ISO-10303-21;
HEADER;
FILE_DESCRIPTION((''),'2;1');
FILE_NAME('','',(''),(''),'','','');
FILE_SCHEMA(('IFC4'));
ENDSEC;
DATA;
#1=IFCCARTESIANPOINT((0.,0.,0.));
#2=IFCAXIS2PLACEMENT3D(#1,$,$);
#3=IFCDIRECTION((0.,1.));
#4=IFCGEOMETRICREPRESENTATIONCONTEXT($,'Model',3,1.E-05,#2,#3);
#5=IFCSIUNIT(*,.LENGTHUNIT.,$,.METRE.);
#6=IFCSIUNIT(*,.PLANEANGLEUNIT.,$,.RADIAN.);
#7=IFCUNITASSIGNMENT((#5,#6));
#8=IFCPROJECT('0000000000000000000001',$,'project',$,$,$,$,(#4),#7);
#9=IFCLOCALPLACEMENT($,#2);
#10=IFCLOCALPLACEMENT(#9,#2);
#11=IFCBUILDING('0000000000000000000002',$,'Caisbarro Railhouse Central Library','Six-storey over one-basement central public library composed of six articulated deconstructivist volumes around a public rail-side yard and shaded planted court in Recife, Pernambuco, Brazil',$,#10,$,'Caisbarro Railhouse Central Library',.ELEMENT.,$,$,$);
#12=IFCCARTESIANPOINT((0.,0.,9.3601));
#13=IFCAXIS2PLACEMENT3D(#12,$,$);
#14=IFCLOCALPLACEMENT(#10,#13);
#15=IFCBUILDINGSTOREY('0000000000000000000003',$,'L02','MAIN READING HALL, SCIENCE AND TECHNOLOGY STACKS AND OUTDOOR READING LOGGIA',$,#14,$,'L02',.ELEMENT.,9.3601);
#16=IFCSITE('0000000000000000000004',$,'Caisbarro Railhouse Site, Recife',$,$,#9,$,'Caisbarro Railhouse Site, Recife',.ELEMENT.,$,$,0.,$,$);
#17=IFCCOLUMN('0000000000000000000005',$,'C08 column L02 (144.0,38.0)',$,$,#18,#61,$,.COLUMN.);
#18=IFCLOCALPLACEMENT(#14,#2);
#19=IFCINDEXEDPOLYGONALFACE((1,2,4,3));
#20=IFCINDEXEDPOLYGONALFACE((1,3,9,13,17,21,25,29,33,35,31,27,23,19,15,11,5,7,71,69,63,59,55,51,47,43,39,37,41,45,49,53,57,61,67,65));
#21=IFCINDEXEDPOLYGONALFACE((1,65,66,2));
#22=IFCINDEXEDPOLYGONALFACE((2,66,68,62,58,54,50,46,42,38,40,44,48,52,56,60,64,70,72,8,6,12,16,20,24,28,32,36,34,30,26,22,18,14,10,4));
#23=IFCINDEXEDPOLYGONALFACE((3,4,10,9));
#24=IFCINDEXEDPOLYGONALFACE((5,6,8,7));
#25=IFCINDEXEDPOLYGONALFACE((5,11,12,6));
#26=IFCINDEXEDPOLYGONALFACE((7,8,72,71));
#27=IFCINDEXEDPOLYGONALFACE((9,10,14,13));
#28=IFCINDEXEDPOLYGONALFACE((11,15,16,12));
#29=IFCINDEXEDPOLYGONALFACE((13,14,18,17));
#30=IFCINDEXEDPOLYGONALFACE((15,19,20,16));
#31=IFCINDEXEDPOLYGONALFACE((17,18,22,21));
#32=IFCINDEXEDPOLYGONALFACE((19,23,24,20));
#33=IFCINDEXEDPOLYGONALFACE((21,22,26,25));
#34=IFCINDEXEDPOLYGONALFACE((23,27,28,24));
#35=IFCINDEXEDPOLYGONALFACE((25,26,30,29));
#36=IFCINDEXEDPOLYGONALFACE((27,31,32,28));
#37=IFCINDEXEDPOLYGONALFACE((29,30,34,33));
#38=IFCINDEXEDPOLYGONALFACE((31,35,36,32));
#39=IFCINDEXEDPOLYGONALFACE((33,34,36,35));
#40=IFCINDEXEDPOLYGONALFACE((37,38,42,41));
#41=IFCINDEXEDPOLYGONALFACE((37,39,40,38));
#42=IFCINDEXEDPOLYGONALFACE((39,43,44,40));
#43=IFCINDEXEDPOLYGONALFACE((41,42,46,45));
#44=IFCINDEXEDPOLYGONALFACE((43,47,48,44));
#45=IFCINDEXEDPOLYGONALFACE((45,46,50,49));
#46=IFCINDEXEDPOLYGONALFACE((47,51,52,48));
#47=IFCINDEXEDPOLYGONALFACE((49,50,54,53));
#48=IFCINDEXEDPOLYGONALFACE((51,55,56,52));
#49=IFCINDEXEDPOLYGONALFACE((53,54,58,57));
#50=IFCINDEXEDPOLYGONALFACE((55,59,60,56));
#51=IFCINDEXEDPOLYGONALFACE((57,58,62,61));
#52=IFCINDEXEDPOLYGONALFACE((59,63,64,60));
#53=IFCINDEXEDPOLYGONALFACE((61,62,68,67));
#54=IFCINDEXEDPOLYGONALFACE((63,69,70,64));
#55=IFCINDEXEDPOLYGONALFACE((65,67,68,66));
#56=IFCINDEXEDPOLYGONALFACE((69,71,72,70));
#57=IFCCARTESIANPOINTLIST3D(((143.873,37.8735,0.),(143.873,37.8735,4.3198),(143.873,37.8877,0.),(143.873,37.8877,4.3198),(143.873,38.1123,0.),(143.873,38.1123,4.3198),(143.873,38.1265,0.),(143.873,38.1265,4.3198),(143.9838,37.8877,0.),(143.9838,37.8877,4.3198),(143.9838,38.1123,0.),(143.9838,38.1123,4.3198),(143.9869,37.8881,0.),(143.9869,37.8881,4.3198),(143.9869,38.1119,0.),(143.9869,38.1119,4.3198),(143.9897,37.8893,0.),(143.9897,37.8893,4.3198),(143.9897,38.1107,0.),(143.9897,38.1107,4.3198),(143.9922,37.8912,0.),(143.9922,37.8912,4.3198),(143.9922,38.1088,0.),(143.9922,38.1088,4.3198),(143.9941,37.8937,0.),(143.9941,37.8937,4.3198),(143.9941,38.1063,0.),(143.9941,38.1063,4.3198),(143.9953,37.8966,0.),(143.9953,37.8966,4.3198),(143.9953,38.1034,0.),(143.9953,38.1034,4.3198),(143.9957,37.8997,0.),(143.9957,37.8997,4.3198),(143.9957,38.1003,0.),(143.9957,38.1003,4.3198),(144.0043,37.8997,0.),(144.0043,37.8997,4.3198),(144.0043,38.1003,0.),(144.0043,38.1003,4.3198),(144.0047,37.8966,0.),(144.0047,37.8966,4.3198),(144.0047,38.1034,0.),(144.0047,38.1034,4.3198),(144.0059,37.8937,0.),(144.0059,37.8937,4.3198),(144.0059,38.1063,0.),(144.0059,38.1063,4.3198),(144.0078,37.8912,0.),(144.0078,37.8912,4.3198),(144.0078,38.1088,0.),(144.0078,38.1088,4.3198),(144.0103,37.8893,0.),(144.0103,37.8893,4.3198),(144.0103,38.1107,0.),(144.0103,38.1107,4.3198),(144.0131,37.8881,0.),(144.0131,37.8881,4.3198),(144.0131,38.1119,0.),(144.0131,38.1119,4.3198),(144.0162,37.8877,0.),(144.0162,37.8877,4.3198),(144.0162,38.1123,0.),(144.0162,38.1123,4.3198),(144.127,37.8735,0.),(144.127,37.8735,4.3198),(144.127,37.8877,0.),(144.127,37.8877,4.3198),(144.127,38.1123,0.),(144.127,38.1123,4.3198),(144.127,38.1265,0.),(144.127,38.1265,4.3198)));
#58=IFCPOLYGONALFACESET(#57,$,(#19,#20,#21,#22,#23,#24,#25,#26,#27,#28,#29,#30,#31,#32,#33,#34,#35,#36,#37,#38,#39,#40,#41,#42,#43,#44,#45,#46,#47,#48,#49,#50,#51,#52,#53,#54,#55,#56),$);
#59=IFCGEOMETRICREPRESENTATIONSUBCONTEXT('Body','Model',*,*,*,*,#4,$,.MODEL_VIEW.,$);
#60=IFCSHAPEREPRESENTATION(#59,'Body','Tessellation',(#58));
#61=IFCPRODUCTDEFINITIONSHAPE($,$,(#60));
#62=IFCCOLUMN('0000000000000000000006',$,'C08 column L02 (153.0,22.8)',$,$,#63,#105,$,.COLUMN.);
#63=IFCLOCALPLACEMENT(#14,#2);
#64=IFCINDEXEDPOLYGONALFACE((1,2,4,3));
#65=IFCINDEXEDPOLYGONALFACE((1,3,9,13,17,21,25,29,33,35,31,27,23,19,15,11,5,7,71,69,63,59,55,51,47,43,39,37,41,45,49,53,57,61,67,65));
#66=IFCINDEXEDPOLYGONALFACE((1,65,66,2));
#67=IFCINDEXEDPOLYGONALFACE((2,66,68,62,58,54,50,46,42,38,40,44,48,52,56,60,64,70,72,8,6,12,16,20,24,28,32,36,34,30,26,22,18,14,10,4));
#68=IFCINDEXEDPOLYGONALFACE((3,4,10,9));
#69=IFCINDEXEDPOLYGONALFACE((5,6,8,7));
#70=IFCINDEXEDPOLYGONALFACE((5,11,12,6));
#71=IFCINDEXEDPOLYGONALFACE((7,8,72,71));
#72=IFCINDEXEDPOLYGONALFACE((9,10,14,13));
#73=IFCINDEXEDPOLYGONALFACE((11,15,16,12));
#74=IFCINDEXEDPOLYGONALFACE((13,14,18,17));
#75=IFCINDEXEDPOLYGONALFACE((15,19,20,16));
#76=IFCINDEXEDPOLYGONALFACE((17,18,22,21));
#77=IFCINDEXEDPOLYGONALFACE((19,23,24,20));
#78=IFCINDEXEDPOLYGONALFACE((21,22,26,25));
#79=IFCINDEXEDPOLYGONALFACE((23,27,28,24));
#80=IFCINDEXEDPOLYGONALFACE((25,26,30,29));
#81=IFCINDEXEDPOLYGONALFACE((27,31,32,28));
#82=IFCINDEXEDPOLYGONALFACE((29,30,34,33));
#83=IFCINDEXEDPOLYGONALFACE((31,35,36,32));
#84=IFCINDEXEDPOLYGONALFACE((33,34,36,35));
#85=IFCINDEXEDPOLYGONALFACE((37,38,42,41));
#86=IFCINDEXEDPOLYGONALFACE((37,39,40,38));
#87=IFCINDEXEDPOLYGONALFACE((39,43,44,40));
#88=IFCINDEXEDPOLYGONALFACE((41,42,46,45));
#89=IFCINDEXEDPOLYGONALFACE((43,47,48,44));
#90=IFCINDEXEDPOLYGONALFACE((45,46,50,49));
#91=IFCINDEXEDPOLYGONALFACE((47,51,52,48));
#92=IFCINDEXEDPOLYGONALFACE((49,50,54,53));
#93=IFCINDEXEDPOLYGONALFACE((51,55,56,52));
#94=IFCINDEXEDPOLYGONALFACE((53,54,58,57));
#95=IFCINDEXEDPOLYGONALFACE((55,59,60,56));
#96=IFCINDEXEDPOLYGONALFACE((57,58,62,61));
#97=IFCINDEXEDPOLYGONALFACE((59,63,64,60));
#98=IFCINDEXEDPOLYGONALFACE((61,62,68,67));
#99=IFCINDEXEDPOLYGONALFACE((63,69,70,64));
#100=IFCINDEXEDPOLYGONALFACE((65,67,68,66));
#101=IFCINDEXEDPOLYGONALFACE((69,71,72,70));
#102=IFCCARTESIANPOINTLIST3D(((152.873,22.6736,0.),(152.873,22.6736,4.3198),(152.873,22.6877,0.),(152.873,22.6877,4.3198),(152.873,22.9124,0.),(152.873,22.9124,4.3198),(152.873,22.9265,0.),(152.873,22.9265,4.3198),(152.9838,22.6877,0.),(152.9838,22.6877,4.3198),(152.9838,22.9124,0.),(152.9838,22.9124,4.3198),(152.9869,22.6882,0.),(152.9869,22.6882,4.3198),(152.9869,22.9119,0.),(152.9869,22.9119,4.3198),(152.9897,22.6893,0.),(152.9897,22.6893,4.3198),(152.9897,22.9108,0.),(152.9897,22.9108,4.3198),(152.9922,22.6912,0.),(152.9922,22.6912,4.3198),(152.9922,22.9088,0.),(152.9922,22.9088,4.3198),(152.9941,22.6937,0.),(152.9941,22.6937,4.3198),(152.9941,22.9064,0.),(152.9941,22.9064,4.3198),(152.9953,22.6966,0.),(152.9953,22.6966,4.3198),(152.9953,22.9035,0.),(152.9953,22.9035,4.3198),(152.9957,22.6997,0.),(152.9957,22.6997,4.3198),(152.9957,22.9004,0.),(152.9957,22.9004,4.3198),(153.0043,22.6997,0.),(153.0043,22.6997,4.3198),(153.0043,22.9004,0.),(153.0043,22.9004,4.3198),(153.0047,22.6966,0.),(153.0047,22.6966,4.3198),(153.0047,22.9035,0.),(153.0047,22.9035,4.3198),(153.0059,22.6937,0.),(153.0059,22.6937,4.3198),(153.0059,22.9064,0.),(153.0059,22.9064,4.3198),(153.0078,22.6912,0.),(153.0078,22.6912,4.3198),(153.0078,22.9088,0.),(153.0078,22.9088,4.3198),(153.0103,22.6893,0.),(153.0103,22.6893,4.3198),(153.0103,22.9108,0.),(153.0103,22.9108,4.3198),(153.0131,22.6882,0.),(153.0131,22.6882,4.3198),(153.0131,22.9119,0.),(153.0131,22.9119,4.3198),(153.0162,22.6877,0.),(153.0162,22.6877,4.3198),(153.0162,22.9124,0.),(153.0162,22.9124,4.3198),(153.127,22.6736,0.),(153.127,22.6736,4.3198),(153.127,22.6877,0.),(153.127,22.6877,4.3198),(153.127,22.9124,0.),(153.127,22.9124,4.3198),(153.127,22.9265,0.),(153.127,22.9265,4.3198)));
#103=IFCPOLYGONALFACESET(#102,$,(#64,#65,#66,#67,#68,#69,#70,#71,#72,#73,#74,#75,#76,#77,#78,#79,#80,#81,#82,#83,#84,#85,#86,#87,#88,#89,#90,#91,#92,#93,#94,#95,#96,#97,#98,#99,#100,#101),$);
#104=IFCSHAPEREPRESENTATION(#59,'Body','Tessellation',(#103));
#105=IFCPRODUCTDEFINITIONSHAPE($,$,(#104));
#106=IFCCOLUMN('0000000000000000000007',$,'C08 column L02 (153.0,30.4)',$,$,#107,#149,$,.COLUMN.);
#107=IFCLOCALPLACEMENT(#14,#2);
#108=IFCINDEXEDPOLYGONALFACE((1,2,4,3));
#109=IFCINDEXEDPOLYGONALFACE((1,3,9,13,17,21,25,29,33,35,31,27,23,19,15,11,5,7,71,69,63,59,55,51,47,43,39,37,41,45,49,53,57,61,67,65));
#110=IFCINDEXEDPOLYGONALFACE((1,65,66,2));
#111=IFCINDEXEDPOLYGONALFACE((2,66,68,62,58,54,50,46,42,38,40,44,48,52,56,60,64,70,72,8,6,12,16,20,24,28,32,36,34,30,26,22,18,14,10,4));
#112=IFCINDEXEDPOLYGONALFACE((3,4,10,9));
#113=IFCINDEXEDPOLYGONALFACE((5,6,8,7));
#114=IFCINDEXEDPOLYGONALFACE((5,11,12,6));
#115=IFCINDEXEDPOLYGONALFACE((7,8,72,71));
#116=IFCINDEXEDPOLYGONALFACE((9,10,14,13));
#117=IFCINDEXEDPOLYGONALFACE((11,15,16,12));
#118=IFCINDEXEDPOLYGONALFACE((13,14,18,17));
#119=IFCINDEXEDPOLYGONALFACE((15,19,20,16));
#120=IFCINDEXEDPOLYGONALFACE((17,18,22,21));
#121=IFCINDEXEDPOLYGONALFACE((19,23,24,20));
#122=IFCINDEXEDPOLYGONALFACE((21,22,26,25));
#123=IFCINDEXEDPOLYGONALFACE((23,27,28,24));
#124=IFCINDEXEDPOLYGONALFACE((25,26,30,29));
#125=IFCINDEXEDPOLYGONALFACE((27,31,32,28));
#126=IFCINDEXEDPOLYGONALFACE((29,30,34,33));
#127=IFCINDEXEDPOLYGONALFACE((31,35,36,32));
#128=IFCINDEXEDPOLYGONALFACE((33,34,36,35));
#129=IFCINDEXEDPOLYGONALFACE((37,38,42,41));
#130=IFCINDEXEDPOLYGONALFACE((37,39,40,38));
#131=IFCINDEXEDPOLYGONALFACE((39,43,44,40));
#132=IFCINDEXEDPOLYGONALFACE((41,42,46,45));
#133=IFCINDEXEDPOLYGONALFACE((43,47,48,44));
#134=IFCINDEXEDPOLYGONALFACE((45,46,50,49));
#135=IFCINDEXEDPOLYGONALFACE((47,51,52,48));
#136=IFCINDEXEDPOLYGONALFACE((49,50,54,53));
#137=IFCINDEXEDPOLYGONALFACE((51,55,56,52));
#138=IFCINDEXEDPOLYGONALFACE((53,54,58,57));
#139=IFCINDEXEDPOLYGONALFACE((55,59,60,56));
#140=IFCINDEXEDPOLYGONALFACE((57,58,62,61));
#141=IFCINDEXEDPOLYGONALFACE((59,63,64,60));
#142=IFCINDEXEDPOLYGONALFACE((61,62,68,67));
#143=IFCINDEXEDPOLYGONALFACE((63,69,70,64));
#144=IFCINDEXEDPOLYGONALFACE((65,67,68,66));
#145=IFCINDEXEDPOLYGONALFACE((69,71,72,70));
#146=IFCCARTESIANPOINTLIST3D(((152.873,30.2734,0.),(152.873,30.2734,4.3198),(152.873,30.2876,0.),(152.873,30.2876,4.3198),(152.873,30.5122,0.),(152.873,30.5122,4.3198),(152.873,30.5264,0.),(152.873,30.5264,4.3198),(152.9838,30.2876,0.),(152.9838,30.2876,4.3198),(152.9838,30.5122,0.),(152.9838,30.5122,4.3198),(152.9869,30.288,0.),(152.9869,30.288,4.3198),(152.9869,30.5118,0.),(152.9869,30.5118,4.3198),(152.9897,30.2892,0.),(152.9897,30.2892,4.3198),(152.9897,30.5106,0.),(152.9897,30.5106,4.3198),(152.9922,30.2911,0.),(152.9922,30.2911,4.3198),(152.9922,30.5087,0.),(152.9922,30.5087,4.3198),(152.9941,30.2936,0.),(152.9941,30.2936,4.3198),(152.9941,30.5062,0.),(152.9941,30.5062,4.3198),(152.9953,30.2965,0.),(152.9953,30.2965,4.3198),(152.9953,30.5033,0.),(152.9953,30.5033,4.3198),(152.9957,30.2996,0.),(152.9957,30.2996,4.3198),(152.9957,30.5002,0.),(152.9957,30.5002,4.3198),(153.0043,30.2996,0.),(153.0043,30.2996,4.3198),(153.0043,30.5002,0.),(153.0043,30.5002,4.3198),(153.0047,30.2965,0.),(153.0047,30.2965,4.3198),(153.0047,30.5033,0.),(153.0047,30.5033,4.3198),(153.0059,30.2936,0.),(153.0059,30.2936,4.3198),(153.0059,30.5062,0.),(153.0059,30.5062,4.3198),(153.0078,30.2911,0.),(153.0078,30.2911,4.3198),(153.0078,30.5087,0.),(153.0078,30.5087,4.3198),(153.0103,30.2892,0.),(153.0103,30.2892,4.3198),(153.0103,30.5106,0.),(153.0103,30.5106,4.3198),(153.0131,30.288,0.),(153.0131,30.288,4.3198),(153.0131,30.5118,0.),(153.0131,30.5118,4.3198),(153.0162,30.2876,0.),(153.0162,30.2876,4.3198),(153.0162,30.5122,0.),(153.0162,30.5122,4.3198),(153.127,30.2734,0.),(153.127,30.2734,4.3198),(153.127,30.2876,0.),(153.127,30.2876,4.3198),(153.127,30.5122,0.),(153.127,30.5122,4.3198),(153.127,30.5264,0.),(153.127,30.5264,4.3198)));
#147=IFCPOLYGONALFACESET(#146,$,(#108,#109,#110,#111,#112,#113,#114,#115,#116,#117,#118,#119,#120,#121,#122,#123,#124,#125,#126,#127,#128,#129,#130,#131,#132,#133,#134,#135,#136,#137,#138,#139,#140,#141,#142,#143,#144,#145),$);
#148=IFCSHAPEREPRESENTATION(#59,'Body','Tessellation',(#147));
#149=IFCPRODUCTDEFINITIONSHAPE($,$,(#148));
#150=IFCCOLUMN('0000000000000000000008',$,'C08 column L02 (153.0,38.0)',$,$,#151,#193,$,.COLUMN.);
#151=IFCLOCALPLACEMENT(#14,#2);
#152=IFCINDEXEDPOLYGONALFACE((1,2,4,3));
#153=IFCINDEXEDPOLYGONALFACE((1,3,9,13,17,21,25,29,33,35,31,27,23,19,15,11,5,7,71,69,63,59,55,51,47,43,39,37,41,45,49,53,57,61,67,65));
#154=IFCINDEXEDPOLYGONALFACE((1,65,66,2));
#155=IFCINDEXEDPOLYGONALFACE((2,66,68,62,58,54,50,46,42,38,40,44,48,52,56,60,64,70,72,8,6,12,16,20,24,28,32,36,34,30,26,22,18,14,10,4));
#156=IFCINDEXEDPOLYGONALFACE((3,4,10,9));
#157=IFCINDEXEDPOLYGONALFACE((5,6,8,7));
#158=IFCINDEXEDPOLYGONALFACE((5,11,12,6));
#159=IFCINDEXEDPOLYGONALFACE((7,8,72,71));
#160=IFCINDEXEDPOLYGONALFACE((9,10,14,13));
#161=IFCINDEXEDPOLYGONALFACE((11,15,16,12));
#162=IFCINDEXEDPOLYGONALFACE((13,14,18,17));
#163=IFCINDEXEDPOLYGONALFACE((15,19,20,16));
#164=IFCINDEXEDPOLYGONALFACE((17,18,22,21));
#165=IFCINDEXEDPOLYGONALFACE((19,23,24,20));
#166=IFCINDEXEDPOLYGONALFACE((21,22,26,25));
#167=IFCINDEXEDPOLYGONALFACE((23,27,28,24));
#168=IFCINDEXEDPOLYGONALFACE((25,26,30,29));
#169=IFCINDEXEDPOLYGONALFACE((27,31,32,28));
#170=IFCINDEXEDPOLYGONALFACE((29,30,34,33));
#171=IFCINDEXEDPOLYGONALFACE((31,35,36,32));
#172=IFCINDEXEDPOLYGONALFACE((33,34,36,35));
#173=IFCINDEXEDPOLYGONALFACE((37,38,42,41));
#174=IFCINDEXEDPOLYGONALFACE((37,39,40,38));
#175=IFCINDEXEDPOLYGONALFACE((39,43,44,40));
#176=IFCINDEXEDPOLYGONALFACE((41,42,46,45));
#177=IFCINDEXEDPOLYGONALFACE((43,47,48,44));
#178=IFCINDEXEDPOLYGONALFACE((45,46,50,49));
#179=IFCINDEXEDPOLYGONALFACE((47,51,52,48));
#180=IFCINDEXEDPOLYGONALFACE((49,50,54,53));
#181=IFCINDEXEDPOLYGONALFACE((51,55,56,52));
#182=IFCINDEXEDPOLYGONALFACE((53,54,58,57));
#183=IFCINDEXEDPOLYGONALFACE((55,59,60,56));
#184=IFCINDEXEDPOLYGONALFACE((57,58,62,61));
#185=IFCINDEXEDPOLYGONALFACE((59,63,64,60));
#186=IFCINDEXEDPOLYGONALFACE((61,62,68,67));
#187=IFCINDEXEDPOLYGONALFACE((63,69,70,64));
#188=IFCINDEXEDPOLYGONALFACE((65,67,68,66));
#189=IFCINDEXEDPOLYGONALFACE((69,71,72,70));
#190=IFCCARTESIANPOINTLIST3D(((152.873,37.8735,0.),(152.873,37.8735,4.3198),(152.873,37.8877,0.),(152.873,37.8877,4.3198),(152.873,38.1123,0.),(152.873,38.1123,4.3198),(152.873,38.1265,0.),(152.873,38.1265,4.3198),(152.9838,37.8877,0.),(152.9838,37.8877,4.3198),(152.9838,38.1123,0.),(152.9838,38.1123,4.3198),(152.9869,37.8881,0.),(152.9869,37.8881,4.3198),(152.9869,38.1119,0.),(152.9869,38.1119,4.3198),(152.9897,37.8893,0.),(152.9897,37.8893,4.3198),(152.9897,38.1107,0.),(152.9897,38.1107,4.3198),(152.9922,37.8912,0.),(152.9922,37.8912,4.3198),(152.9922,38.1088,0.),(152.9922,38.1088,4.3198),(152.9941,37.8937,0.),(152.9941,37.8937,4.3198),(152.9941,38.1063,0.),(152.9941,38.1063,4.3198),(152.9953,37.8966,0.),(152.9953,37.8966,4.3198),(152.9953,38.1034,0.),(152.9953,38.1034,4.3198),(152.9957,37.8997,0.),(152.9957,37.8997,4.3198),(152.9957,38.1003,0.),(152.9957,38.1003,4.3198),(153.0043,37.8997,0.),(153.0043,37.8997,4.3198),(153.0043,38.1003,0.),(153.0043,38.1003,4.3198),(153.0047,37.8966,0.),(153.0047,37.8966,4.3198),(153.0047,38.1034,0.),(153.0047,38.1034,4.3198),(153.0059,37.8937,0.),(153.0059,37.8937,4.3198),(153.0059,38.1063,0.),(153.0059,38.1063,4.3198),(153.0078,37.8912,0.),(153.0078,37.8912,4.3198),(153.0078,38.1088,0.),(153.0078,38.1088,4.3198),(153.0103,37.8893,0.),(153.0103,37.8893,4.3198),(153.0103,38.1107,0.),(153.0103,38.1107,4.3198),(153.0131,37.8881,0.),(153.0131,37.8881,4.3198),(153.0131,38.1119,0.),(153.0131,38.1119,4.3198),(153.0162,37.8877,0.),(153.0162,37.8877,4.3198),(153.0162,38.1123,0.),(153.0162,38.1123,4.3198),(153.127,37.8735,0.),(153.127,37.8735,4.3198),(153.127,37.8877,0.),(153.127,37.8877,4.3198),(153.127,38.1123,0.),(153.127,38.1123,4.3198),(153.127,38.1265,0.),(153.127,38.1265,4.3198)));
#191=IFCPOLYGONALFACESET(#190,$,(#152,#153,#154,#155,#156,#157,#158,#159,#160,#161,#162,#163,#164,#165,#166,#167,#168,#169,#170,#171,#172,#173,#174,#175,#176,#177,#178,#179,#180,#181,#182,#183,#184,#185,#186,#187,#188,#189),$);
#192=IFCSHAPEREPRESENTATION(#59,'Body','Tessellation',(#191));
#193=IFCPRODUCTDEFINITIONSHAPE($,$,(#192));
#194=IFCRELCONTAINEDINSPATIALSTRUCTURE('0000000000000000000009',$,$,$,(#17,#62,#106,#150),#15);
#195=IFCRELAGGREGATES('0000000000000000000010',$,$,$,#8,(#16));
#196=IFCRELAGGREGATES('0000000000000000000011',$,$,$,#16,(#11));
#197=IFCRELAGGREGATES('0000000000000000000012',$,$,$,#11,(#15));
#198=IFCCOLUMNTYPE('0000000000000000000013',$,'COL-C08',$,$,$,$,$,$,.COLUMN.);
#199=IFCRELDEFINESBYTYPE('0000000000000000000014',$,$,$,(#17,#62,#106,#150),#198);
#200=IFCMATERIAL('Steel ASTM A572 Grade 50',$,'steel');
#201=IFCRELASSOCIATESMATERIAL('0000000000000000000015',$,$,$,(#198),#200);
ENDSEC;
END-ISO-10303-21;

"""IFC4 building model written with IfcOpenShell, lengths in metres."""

from ifc_helpers import new_model, si_unit, direction, frame, origin, origin_2d, place, context, subcontext, project, spatial, i_section, extrude, material, material_profile, profile_set, type_object, element, save


model = new_model("IFC4")

# Units and contexts
model_context = context("Model", 3, precision=1e-05, world=origin(), true_north=direction((0.0, 1.0)))
body_context = subcontext(model_context, "Body", "Model", "MODEL_VIEW")
ifc_project = project(units=[si_unit("LENGTHUNIT", "METRE"), si_unit("PLANEANGLEUNIT", "RADIAN")], contexts=[model_context])

# Site, building, storey
site_placement = place(None, origin())
site = spatial("IfcSite", under=ifc_project, at=site_placement, Name="Caisbarro Railhouse Site, Recife", LongName="Caisbarro Railhouse Site, Recife", CompositionType="ELEMENT", RefElevation=0.0)
building_placement = place(site_placement, origin())
building = spatial("IfcBuilding", under=site, at=building_placement, Name="Caisbarro Railhouse Central Library", Description="Six-storey over one-basement central public library composed of six articulated deconstructivist volumes around a public rail-side yard and shaded planted court in Recife, Pernambuco, Brazil", LongName="Caisbarro Railhouse Central Library", CompositionType="ELEMENT")
storey_placement = place(building_placement, frame((0.0, 0.0, 9.3601)))
storey = spatial("IfcBuildingStorey", under=building, at=storey_placement, Name="L02", Description="MAIN READING HALL, SCIENCE AND TECHNOLOGY STACKS AND OUTDOOR READING LOGGIA", LongName="L02", CompositionType="ELEMENT", Elevation=9.3601)

# Columns
ifc_material_1 = material(Name="Steel ASTM A572 Grade 50", Category="steel")
ifc_material_profile_1 = material_profile(ifc_material_1, i_section(OverallWidth=0.2539, OverallDepth=0.2529, WebThickness=0.0085, FlangeThickness=0.0142, FilletRadius=0.012, at=origin_2d()), Name="W250X73.0")
ifc_profile_set_1 = profile_set([ifc_material_profile_1], Name="Steel ASTM A572 Grade 50")
column_type = type_object("IfcColumnType", Name="COL-C08", PredefinedType="COLUMN", material=ifc_profile_set_1)
for number, where, z_axis, x_axis, name in (
    (1, (144.0, 38.0, 0.0), (0.0, 0.0, 1.0), (1.0, 0.0, 0.0), "C08 column L02 (144.0,38.0)"),
    (2, (153.0, 22.8, 0.0), (0.0, 0.0, 1.0), (1.0, 0.0, 0.0), "C08 column L02 (153.0,22.8)"),
    (3, (153.0, 30.3999, 0.0), (0.0, 0.0, 1.0), (1.0, 0.0, 0.0), "C08 column L02 (153.0,30.4)"),
    (4, (153.0, 38.0, 0.0), (0.0, 0.0, 1.0), (1.0, 0.0, 0.0), "C08 column L02 (153.0,38.0)"),
):
    element("IfcColumn", number, at=place(storey_placement, frame(where, z_axis=z_axis, x_axis=x_axis)), inside=storey, type_object=column_type, Name=name, PredefinedType="COLUMN", context=body_context, shape_type="SweptSolid", body=[
        extrude(i_section(OverallWidth=0.2539, OverallDepth=0.2529, WebThickness=0.0085, FlangeThickness=0.0142, FilletRadius=0.012, at=origin_2d()), origin(), (0.0, 0.0, 1.0), 4.3198),
    ])

save(model, "model.ifc")
